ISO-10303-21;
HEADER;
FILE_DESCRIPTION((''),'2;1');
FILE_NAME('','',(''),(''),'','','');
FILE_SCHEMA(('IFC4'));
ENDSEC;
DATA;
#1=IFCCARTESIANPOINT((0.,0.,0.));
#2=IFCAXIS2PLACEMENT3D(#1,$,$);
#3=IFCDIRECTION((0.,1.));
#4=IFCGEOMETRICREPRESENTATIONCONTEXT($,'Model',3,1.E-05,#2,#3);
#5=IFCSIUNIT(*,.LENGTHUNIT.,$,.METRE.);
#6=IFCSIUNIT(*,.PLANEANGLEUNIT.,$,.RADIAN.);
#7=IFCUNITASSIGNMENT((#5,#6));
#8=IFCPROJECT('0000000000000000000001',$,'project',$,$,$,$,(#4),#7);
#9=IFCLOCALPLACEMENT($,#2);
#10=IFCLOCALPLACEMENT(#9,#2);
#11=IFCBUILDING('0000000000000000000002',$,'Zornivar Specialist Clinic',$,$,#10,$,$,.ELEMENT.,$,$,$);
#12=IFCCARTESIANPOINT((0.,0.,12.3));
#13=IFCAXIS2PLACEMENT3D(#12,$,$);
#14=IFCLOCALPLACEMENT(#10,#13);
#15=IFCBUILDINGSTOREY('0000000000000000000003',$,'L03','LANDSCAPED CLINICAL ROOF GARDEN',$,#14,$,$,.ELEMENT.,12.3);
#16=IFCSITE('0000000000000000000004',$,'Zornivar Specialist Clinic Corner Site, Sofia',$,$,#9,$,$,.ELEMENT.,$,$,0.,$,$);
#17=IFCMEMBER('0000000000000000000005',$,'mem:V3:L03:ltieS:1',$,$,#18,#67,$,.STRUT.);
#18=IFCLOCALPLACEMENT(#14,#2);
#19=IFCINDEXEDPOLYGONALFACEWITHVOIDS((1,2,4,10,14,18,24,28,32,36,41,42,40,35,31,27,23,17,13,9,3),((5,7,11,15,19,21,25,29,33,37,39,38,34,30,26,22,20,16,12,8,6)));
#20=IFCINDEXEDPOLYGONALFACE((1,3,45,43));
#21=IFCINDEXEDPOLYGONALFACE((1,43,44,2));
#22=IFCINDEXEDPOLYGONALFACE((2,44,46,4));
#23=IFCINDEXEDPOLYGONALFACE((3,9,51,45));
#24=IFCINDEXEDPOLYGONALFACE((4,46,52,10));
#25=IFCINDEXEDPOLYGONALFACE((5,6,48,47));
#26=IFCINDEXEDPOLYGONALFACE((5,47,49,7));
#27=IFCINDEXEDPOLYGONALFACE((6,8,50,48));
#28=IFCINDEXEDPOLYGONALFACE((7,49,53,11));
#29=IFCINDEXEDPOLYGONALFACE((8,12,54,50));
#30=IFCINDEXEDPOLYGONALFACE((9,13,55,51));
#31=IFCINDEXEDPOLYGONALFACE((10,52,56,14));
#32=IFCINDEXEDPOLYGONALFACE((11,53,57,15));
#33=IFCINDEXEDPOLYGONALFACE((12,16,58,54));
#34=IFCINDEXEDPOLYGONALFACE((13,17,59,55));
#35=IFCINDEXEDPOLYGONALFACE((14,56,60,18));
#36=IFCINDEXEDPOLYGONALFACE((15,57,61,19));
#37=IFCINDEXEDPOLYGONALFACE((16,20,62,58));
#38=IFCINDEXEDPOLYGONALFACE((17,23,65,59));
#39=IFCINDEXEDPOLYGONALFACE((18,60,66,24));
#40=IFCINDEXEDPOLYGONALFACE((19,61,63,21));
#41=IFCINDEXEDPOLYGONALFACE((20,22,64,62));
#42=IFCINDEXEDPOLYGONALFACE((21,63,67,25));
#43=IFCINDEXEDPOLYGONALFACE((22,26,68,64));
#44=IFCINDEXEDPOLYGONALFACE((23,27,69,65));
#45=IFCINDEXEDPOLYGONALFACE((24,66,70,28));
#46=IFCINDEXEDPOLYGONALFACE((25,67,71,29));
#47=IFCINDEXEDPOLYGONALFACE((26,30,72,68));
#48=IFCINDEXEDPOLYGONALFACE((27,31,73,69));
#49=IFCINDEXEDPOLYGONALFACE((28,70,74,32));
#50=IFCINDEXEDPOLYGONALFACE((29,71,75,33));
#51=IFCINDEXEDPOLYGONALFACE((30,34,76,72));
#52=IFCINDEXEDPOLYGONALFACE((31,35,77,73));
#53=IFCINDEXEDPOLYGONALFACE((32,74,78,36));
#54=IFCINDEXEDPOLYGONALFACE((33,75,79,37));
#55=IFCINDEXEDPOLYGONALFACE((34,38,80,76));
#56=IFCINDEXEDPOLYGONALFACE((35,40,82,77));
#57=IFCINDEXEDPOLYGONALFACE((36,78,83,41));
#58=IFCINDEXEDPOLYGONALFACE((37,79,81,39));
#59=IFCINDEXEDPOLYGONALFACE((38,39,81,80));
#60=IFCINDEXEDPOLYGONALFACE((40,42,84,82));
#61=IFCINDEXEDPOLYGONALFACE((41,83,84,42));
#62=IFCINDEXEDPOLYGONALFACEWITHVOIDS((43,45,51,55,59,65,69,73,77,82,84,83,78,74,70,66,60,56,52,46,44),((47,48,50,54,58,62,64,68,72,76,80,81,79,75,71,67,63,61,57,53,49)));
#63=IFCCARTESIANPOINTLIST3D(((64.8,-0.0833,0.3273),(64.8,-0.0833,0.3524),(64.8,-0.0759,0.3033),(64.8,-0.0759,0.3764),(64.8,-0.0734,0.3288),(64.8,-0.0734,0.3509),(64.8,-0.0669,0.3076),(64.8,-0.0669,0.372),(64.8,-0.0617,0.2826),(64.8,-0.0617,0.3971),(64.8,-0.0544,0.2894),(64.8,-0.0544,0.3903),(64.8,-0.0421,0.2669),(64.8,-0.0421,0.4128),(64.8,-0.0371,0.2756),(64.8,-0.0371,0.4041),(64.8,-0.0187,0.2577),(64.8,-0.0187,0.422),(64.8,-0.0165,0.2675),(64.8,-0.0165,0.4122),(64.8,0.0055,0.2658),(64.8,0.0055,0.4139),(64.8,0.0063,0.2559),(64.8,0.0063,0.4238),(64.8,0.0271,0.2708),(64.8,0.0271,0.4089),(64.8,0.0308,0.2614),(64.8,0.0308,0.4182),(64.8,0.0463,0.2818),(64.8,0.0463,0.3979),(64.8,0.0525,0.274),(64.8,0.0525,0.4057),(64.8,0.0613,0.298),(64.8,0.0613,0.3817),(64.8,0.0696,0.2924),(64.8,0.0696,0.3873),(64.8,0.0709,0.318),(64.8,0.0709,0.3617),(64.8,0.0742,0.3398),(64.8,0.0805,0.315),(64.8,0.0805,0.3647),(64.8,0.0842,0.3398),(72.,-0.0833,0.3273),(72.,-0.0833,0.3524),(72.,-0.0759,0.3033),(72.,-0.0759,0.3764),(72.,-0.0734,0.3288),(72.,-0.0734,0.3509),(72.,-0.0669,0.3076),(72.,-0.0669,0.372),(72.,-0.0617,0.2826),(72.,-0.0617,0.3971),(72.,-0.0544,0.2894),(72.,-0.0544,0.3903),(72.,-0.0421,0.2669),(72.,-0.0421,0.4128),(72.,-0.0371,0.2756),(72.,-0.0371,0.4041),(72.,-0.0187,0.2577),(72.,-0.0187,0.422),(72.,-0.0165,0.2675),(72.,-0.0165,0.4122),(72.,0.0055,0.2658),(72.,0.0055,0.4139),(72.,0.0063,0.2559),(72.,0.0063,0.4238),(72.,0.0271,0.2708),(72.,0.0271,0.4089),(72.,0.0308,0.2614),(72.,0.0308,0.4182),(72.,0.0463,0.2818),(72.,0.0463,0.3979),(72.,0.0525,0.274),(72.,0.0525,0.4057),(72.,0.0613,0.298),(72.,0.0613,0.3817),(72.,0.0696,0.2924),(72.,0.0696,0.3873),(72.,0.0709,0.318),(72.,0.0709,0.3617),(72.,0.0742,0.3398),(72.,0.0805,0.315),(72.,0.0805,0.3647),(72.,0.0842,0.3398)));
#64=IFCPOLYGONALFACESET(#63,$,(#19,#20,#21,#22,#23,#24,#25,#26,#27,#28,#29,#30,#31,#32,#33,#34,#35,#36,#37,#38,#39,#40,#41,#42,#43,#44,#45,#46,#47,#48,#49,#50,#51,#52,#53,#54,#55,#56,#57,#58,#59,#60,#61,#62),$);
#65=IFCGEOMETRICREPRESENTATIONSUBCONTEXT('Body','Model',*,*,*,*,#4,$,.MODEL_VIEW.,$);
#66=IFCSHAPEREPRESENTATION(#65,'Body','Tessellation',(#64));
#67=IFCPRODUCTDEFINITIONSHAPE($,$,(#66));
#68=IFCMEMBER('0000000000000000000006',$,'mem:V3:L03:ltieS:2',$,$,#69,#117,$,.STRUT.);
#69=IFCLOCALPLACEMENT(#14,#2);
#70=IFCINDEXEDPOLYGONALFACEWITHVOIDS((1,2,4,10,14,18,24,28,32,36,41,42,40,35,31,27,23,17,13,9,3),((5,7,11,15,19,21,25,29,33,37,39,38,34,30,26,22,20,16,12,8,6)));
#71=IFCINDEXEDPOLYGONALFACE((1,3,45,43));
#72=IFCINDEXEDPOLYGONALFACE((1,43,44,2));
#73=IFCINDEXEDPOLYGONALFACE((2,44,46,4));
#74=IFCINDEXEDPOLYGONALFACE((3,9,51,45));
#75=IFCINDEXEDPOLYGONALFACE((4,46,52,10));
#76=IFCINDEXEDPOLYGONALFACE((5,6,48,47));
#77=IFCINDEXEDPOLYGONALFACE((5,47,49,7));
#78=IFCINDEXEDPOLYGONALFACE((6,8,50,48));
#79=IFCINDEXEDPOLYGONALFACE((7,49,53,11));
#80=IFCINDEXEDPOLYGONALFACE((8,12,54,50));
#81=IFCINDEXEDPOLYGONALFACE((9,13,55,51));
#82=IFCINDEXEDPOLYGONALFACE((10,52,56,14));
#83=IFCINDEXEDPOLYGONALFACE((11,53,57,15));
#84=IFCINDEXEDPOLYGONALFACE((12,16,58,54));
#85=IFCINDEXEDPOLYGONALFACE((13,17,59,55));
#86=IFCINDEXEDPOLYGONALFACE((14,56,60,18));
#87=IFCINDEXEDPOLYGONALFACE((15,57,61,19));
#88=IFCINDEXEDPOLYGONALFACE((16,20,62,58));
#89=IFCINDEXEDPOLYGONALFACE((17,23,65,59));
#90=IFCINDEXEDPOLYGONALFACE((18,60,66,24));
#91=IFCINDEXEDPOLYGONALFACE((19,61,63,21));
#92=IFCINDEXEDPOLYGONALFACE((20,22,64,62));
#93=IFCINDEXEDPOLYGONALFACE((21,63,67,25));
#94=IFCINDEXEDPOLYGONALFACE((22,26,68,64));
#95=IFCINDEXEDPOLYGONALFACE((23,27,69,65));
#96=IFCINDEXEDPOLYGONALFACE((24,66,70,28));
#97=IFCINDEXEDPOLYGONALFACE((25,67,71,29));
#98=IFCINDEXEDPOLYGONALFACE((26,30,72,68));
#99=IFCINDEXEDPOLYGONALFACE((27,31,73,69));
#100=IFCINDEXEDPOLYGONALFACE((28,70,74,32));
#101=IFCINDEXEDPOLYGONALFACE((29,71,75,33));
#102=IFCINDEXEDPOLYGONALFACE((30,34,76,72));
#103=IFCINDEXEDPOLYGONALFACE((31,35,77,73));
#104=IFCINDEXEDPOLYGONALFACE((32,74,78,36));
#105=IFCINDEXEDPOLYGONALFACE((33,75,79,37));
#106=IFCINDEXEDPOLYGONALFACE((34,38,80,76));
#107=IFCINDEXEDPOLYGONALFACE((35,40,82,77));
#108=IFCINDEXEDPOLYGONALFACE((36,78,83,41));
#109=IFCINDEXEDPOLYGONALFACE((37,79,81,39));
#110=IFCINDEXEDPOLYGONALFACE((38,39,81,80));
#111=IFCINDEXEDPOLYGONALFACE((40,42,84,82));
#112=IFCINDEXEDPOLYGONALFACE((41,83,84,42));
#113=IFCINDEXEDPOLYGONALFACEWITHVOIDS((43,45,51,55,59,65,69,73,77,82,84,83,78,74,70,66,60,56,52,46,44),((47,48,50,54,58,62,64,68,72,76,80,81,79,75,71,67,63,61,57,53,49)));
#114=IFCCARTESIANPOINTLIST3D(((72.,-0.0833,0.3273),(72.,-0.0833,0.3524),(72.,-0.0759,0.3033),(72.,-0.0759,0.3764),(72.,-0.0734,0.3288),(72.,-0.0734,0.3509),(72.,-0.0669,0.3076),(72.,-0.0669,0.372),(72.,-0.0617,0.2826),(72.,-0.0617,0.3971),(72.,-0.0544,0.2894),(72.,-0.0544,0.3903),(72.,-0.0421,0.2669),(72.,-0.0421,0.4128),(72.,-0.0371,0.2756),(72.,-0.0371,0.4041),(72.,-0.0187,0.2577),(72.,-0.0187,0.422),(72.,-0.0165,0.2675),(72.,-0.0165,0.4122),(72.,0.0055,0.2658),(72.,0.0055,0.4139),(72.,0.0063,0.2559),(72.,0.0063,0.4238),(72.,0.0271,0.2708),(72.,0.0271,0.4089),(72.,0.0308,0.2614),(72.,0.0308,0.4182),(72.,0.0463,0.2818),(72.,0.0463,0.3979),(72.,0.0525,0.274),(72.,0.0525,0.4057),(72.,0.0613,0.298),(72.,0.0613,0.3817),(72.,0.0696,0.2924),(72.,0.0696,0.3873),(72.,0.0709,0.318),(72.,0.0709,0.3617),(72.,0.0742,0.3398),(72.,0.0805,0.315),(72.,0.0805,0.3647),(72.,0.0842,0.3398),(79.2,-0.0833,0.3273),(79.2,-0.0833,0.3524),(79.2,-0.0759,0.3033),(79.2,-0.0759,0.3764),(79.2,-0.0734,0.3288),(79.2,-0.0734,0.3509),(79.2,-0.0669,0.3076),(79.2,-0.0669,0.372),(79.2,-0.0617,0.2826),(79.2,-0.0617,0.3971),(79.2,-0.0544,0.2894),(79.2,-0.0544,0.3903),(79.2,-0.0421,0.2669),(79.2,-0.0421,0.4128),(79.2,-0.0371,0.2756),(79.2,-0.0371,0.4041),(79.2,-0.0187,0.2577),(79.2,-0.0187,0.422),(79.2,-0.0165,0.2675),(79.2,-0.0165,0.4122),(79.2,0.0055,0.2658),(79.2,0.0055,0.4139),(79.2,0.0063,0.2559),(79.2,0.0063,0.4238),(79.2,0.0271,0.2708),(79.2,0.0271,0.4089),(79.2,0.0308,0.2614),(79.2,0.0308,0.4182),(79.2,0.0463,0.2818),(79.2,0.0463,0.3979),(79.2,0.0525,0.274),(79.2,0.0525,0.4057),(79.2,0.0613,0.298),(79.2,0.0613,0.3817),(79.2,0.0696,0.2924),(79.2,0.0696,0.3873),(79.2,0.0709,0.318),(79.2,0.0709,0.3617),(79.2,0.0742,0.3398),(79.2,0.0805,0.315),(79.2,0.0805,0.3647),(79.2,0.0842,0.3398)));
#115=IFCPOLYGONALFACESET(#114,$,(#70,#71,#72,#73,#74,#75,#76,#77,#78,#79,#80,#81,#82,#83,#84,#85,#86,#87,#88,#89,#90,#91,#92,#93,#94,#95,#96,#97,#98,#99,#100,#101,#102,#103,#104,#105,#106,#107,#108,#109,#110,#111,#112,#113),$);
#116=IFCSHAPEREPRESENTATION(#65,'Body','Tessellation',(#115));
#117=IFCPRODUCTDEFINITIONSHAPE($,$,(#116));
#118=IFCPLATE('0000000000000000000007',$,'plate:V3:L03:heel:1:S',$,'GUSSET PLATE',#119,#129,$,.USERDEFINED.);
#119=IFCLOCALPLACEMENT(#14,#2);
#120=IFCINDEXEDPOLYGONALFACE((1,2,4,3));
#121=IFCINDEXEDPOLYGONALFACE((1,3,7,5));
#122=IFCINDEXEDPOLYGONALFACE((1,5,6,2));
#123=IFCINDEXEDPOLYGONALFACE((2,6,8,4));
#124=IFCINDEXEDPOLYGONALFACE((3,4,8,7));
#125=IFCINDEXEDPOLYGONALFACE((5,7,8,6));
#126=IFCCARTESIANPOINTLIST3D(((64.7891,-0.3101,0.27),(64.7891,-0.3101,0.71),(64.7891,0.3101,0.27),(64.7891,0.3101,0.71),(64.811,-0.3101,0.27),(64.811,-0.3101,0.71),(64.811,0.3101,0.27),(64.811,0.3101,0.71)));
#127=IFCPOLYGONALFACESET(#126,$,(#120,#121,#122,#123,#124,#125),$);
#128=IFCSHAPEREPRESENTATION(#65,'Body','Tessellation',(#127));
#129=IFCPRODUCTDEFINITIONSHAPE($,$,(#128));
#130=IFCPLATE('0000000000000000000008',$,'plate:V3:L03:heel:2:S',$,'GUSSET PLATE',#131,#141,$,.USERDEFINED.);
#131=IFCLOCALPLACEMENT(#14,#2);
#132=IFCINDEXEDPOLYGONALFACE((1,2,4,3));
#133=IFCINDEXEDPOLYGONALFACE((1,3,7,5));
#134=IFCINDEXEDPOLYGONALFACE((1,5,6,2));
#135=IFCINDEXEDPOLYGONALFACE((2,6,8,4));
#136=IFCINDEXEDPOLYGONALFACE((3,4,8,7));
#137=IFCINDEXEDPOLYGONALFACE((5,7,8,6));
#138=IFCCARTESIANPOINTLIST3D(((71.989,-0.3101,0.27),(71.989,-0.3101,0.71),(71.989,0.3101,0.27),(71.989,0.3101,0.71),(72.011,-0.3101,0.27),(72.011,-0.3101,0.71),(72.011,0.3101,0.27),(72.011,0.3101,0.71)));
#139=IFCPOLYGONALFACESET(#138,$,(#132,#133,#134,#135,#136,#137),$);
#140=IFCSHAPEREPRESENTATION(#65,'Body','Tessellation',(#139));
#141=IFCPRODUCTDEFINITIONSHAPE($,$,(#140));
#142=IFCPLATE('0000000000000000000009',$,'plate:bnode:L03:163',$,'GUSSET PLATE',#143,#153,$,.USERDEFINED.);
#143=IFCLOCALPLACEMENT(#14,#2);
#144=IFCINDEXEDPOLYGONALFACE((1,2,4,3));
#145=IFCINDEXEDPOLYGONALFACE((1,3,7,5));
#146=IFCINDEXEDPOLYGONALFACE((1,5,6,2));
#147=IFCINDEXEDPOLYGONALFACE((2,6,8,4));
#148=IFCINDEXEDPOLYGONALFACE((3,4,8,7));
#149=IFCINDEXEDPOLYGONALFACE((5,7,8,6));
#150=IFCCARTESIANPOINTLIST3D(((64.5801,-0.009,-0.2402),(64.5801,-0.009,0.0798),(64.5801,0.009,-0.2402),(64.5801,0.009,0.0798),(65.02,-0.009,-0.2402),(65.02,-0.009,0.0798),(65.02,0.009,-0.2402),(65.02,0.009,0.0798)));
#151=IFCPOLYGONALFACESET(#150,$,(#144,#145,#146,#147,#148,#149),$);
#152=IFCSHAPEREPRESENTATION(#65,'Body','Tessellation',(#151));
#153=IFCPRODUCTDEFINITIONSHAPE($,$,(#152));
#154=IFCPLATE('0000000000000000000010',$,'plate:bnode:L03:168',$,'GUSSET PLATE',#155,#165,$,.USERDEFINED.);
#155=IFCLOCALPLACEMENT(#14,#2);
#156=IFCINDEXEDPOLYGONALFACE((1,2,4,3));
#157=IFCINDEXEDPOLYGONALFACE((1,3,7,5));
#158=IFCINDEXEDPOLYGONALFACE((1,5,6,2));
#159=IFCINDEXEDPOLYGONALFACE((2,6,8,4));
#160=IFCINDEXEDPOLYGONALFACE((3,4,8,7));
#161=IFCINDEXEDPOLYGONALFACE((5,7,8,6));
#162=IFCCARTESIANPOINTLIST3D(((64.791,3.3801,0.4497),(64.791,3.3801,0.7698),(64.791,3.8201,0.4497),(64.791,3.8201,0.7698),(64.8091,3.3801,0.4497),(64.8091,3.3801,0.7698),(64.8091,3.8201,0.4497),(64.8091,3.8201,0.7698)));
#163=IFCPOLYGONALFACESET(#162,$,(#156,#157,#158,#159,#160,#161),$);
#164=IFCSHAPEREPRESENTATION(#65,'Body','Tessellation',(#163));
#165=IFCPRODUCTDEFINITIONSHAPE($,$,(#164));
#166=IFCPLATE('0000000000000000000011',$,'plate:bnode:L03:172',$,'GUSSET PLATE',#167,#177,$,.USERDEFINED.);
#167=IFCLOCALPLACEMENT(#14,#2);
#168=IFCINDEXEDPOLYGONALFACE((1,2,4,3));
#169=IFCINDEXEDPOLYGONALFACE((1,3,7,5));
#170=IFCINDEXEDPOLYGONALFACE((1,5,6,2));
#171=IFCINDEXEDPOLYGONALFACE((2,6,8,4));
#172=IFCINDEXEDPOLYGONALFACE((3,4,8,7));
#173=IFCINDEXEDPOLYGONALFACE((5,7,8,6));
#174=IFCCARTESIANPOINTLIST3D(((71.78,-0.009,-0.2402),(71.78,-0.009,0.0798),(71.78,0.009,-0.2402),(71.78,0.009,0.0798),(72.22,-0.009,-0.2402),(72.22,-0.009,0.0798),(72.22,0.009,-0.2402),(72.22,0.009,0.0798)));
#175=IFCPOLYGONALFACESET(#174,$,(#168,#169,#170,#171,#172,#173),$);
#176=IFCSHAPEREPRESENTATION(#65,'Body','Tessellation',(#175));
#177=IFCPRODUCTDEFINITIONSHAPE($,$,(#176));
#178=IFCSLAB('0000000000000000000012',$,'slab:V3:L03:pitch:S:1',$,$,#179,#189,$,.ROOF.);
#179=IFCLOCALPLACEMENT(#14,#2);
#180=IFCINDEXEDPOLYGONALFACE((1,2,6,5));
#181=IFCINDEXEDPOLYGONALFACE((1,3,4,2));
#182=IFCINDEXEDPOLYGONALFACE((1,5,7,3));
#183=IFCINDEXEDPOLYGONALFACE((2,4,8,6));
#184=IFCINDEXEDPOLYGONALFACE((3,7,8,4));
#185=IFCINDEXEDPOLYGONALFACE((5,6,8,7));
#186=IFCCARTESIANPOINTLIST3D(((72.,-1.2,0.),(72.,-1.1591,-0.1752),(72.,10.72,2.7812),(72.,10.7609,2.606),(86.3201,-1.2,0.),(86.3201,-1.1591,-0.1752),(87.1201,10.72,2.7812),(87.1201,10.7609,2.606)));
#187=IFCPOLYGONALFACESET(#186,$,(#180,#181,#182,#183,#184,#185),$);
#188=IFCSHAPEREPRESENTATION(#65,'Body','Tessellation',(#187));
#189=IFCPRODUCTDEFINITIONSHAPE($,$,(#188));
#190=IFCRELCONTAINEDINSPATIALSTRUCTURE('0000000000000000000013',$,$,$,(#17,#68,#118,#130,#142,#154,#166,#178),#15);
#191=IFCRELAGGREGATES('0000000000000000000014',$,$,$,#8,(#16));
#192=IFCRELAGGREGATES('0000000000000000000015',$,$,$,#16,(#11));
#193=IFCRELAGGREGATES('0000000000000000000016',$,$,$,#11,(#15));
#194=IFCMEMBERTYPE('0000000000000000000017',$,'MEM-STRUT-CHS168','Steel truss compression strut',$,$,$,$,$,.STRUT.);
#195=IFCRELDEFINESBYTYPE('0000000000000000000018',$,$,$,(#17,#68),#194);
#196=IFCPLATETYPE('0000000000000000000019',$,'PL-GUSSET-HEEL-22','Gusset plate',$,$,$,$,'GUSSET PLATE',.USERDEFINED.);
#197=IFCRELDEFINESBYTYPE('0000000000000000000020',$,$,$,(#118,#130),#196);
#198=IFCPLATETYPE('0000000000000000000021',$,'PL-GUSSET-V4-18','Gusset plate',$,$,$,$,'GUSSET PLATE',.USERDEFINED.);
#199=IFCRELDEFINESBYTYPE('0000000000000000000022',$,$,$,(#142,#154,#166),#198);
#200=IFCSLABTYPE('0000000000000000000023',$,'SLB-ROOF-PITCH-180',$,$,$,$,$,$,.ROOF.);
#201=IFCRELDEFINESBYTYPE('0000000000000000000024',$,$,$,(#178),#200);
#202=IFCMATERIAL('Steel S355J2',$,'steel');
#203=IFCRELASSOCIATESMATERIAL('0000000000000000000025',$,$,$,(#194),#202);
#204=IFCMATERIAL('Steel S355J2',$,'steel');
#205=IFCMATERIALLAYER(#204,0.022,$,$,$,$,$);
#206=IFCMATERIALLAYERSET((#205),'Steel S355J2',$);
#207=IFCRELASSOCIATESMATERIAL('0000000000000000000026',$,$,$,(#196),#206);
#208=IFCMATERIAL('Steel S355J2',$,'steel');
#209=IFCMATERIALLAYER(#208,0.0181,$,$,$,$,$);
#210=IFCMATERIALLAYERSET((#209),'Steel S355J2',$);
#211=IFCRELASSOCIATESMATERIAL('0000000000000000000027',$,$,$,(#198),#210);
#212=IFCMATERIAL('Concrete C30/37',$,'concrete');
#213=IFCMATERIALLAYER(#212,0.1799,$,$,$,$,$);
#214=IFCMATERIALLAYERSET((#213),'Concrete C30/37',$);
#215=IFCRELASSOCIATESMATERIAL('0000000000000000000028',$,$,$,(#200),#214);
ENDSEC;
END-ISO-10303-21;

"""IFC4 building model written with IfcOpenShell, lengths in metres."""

from ifc_helpers import new_model, si_unit, direction, frame, origin, origin_2d, place, context, subcontext, project, spatial, polyline, rectangle, hollow_circle, outline, extrude, material, layer, layer_set, material_profile, profile_set, type_object, element, save


model = new_model("IFC4")

# Units and contexts
model_context = context("Model", 3, precision=1e-05, world=origin(), true_north=direction((0.0, 1.0)))
body_context = subcontext(model_context, "Body", "Model", "MODEL_VIEW")
ifc_project = project(units=[si_unit("LENGTHUNIT", "METRE"), si_unit("PLANEANGLEUNIT", "RADIAN")], contexts=[model_context])

# Site, building, storey
site_placement = place(None, origin())
site = spatial("IfcSite", under=ifc_project, at=site_placement, Name="Zornivar Specialist Clinic Corner Site, Sofia", CompositionType="ELEMENT", RefElevation=0.0)
building_placement = place(site_placement, origin())
building = spatial("IfcBuilding", under=site, at=building_placement, Name="Zornivar Specialist Clinic", CompositionType="ELEMENT")
storey_placement = place(building_placement, frame((0.0, 0.0, 12.3)))
storey = spatial("IfcBuildingStorey", under=building, at=storey_placement, Name="L03", Description="LANDSCAPED CLINICAL ROOF GARDEN", CompositionType="ELEMENT", Elevation=12.3)

# Members
ifc_material_1 = material(Name="Steel S355J2", Category="steel")
ifc_material_profile_1 = material_profile(ifc_material_1, hollow_circle(Radius=0.0842, WallThickness=0.01, at=origin_2d()), Name="CHS 168.3x10")
ifc_profile_set_1 = profile_set([ifc_material_profile_1], Name="Steel S355J2")
member_type_1 = type_object("IfcMemberType", Name="MEM-STRUT-CHS168", Description="Steel truss compression strut", PredefinedType="STRUT", material=ifc_profile_set_1)
for number, where, z_axis, x_axis, name in (
    (1, (64.8, 0.0, 0.3398), (1.0, 0.0, 0.0), (0.0, 1.0, 0.0), "mem:V3:L03:ltieS:1"),
    (2, (72.0, 0.0, 0.3398), (1.0, 0.0, 0.0), (0.0, 1.0, 0.0), "mem:V3:L03:ltieS:2"),
):
    element("IfcMember", number, at=place(storey_placement, frame(where, z_axis=z_axis, x_axis=x_axis)), inside=storey, type_object=member_type_1, Name=name, PredefinedType="STRUT", context=body_context, shape_type="SweptSolid", body=[
        extrude(hollow_circle(Radius=0.0842, WallThickness=0.01, at=origin_2d()), origin(), (0.0, 0.0, 1.0), 7.2),
    ])

# Plates
ifc_material_2 = material(Name="Steel S355J2", Category="steel")
ifc_layer_1 = layer(ifc_material_2, 0.022)
ifc_layer_set_1 = layer_set([ifc_layer_1], Name="Steel S355J2")
plate_type_1 = type_object("IfcPlateType", Name="PL-GUSSET-HEEL-22", Description="Gusset plate", ElementType="GUSSET PLATE", PredefinedType="USERDEFINED", material=ifc_layer_set_1)
for number, where, z_axis, x_axis, name in (
    (3, (64.8, 0.0, 0.27), (0.0, 0.0, 1.0), (1.0, 0.0, 0.0), "plate:V3:L03:heel:1:S"),
    (4, (72.0, 0.0, 0.27), (0.0, 0.0, 1.0), (1.0, 0.0, 0.0), "plate:V3:L03:heel:2:S"),
):
    element("IfcPlate", number, at=place(storey_placement, frame(where, z_axis=z_axis, x_axis=x_axis)), inside=storey, type_object=plate_type_1, Name=name, ObjectType="GUSSET PLATE", PredefinedType="USERDEFINED", context=body_context, shape_type="SweptSolid", body=[
        extrude(rectangle(XDim=0.022, YDim=0.6201, at=origin_2d()), origin(), (0.0, 0.0, 1.0), 0.4399),
    ])
ifc_material_3 = material(Name="Steel S355J2", Category="steel")
ifc_layer_2 = layer(ifc_material_3, 0.0181)
ifc_layer_set_2 = layer_set([ifc_layer_2], Name="Steel S355J2")
plate_type_2 = type_object("IfcPlateType", Name="PL-GUSSET-V4-18", Description="Gusset plate", ElementType="GUSSET PLATE", PredefinedType="USERDEFINED", material=ifc_layer_set_2)
for number, where, z_axis, x_axis, name in (
    (5, (64.8, 0.0, -0.2402), (0.0, 0.0, 1.0), (1.0, 0.0, 0.0), "plate:bnode:L03:163"),
    (6, (64.8, 3.6001, 0.4497), (0.0, 0.0, 1.0), (0.0, 1.0, 0.0), "plate:bnode:L03:168"),
    (7, (72.0, 0.0, -0.2402), (0.0, 0.0, 1.0), (1.0, 0.0, 0.0), "plate:bnode:L03:172"),
):
    element("IfcPlate", number, at=place(storey_placement, frame(where, z_axis=z_axis, x_axis=x_axis)), inside=storey, type_object=plate_type_2, Name=name, ObjectType="GUSSET PLATE", PredefinedType="USERDEFINED", context=body_context, shape_type="SweptSolid", body=[
        extrude(rectangle(XDim=0.4399, YDim=0.0181, at=origin_2d()), origin(), (0.0, 0.0, 1.0), 0.3201),
    ])

# Slab
ifc_material_4 = material(Name="Concrete C30/37", Category="concrete")
ifc_layer_3 = layer(ifc_material_4, 0.1799)
ifc_layer_set_3 = layer_set([ifc_layer_3], Name="Concrete C30/37")
slab_type = type_object("IfcSlabType", Name="SLB-ROOF-PITCH-180", PredefinedType="ROOF", material=ifc_layer_set_3)
slab_placement = place(storey_placement, frame((72.0, -1.2, 0.0), z_axis=(0.0, -0.227225, 0.973842), x_axis=(1.0, 0.0, 0.0)))
element("IfcSlab", 8, at=slab_placement, inside=storey, type_object=slab_type, Name="slab:V3:L03:pitch:S:1", PredefinedType="ROOF", context=body_context, shape_type="SweptSolid", body=[
    extrude(outline(polyline([(0.0, 0.0), (14.3201, 0.0), (15.1201, 12.2401), (0.0, 12.2401), (0.0, 0.0)])), origin(), (0.0, 0.0, -1.0), 0.1799),
])

save(model, "model.ifc")
